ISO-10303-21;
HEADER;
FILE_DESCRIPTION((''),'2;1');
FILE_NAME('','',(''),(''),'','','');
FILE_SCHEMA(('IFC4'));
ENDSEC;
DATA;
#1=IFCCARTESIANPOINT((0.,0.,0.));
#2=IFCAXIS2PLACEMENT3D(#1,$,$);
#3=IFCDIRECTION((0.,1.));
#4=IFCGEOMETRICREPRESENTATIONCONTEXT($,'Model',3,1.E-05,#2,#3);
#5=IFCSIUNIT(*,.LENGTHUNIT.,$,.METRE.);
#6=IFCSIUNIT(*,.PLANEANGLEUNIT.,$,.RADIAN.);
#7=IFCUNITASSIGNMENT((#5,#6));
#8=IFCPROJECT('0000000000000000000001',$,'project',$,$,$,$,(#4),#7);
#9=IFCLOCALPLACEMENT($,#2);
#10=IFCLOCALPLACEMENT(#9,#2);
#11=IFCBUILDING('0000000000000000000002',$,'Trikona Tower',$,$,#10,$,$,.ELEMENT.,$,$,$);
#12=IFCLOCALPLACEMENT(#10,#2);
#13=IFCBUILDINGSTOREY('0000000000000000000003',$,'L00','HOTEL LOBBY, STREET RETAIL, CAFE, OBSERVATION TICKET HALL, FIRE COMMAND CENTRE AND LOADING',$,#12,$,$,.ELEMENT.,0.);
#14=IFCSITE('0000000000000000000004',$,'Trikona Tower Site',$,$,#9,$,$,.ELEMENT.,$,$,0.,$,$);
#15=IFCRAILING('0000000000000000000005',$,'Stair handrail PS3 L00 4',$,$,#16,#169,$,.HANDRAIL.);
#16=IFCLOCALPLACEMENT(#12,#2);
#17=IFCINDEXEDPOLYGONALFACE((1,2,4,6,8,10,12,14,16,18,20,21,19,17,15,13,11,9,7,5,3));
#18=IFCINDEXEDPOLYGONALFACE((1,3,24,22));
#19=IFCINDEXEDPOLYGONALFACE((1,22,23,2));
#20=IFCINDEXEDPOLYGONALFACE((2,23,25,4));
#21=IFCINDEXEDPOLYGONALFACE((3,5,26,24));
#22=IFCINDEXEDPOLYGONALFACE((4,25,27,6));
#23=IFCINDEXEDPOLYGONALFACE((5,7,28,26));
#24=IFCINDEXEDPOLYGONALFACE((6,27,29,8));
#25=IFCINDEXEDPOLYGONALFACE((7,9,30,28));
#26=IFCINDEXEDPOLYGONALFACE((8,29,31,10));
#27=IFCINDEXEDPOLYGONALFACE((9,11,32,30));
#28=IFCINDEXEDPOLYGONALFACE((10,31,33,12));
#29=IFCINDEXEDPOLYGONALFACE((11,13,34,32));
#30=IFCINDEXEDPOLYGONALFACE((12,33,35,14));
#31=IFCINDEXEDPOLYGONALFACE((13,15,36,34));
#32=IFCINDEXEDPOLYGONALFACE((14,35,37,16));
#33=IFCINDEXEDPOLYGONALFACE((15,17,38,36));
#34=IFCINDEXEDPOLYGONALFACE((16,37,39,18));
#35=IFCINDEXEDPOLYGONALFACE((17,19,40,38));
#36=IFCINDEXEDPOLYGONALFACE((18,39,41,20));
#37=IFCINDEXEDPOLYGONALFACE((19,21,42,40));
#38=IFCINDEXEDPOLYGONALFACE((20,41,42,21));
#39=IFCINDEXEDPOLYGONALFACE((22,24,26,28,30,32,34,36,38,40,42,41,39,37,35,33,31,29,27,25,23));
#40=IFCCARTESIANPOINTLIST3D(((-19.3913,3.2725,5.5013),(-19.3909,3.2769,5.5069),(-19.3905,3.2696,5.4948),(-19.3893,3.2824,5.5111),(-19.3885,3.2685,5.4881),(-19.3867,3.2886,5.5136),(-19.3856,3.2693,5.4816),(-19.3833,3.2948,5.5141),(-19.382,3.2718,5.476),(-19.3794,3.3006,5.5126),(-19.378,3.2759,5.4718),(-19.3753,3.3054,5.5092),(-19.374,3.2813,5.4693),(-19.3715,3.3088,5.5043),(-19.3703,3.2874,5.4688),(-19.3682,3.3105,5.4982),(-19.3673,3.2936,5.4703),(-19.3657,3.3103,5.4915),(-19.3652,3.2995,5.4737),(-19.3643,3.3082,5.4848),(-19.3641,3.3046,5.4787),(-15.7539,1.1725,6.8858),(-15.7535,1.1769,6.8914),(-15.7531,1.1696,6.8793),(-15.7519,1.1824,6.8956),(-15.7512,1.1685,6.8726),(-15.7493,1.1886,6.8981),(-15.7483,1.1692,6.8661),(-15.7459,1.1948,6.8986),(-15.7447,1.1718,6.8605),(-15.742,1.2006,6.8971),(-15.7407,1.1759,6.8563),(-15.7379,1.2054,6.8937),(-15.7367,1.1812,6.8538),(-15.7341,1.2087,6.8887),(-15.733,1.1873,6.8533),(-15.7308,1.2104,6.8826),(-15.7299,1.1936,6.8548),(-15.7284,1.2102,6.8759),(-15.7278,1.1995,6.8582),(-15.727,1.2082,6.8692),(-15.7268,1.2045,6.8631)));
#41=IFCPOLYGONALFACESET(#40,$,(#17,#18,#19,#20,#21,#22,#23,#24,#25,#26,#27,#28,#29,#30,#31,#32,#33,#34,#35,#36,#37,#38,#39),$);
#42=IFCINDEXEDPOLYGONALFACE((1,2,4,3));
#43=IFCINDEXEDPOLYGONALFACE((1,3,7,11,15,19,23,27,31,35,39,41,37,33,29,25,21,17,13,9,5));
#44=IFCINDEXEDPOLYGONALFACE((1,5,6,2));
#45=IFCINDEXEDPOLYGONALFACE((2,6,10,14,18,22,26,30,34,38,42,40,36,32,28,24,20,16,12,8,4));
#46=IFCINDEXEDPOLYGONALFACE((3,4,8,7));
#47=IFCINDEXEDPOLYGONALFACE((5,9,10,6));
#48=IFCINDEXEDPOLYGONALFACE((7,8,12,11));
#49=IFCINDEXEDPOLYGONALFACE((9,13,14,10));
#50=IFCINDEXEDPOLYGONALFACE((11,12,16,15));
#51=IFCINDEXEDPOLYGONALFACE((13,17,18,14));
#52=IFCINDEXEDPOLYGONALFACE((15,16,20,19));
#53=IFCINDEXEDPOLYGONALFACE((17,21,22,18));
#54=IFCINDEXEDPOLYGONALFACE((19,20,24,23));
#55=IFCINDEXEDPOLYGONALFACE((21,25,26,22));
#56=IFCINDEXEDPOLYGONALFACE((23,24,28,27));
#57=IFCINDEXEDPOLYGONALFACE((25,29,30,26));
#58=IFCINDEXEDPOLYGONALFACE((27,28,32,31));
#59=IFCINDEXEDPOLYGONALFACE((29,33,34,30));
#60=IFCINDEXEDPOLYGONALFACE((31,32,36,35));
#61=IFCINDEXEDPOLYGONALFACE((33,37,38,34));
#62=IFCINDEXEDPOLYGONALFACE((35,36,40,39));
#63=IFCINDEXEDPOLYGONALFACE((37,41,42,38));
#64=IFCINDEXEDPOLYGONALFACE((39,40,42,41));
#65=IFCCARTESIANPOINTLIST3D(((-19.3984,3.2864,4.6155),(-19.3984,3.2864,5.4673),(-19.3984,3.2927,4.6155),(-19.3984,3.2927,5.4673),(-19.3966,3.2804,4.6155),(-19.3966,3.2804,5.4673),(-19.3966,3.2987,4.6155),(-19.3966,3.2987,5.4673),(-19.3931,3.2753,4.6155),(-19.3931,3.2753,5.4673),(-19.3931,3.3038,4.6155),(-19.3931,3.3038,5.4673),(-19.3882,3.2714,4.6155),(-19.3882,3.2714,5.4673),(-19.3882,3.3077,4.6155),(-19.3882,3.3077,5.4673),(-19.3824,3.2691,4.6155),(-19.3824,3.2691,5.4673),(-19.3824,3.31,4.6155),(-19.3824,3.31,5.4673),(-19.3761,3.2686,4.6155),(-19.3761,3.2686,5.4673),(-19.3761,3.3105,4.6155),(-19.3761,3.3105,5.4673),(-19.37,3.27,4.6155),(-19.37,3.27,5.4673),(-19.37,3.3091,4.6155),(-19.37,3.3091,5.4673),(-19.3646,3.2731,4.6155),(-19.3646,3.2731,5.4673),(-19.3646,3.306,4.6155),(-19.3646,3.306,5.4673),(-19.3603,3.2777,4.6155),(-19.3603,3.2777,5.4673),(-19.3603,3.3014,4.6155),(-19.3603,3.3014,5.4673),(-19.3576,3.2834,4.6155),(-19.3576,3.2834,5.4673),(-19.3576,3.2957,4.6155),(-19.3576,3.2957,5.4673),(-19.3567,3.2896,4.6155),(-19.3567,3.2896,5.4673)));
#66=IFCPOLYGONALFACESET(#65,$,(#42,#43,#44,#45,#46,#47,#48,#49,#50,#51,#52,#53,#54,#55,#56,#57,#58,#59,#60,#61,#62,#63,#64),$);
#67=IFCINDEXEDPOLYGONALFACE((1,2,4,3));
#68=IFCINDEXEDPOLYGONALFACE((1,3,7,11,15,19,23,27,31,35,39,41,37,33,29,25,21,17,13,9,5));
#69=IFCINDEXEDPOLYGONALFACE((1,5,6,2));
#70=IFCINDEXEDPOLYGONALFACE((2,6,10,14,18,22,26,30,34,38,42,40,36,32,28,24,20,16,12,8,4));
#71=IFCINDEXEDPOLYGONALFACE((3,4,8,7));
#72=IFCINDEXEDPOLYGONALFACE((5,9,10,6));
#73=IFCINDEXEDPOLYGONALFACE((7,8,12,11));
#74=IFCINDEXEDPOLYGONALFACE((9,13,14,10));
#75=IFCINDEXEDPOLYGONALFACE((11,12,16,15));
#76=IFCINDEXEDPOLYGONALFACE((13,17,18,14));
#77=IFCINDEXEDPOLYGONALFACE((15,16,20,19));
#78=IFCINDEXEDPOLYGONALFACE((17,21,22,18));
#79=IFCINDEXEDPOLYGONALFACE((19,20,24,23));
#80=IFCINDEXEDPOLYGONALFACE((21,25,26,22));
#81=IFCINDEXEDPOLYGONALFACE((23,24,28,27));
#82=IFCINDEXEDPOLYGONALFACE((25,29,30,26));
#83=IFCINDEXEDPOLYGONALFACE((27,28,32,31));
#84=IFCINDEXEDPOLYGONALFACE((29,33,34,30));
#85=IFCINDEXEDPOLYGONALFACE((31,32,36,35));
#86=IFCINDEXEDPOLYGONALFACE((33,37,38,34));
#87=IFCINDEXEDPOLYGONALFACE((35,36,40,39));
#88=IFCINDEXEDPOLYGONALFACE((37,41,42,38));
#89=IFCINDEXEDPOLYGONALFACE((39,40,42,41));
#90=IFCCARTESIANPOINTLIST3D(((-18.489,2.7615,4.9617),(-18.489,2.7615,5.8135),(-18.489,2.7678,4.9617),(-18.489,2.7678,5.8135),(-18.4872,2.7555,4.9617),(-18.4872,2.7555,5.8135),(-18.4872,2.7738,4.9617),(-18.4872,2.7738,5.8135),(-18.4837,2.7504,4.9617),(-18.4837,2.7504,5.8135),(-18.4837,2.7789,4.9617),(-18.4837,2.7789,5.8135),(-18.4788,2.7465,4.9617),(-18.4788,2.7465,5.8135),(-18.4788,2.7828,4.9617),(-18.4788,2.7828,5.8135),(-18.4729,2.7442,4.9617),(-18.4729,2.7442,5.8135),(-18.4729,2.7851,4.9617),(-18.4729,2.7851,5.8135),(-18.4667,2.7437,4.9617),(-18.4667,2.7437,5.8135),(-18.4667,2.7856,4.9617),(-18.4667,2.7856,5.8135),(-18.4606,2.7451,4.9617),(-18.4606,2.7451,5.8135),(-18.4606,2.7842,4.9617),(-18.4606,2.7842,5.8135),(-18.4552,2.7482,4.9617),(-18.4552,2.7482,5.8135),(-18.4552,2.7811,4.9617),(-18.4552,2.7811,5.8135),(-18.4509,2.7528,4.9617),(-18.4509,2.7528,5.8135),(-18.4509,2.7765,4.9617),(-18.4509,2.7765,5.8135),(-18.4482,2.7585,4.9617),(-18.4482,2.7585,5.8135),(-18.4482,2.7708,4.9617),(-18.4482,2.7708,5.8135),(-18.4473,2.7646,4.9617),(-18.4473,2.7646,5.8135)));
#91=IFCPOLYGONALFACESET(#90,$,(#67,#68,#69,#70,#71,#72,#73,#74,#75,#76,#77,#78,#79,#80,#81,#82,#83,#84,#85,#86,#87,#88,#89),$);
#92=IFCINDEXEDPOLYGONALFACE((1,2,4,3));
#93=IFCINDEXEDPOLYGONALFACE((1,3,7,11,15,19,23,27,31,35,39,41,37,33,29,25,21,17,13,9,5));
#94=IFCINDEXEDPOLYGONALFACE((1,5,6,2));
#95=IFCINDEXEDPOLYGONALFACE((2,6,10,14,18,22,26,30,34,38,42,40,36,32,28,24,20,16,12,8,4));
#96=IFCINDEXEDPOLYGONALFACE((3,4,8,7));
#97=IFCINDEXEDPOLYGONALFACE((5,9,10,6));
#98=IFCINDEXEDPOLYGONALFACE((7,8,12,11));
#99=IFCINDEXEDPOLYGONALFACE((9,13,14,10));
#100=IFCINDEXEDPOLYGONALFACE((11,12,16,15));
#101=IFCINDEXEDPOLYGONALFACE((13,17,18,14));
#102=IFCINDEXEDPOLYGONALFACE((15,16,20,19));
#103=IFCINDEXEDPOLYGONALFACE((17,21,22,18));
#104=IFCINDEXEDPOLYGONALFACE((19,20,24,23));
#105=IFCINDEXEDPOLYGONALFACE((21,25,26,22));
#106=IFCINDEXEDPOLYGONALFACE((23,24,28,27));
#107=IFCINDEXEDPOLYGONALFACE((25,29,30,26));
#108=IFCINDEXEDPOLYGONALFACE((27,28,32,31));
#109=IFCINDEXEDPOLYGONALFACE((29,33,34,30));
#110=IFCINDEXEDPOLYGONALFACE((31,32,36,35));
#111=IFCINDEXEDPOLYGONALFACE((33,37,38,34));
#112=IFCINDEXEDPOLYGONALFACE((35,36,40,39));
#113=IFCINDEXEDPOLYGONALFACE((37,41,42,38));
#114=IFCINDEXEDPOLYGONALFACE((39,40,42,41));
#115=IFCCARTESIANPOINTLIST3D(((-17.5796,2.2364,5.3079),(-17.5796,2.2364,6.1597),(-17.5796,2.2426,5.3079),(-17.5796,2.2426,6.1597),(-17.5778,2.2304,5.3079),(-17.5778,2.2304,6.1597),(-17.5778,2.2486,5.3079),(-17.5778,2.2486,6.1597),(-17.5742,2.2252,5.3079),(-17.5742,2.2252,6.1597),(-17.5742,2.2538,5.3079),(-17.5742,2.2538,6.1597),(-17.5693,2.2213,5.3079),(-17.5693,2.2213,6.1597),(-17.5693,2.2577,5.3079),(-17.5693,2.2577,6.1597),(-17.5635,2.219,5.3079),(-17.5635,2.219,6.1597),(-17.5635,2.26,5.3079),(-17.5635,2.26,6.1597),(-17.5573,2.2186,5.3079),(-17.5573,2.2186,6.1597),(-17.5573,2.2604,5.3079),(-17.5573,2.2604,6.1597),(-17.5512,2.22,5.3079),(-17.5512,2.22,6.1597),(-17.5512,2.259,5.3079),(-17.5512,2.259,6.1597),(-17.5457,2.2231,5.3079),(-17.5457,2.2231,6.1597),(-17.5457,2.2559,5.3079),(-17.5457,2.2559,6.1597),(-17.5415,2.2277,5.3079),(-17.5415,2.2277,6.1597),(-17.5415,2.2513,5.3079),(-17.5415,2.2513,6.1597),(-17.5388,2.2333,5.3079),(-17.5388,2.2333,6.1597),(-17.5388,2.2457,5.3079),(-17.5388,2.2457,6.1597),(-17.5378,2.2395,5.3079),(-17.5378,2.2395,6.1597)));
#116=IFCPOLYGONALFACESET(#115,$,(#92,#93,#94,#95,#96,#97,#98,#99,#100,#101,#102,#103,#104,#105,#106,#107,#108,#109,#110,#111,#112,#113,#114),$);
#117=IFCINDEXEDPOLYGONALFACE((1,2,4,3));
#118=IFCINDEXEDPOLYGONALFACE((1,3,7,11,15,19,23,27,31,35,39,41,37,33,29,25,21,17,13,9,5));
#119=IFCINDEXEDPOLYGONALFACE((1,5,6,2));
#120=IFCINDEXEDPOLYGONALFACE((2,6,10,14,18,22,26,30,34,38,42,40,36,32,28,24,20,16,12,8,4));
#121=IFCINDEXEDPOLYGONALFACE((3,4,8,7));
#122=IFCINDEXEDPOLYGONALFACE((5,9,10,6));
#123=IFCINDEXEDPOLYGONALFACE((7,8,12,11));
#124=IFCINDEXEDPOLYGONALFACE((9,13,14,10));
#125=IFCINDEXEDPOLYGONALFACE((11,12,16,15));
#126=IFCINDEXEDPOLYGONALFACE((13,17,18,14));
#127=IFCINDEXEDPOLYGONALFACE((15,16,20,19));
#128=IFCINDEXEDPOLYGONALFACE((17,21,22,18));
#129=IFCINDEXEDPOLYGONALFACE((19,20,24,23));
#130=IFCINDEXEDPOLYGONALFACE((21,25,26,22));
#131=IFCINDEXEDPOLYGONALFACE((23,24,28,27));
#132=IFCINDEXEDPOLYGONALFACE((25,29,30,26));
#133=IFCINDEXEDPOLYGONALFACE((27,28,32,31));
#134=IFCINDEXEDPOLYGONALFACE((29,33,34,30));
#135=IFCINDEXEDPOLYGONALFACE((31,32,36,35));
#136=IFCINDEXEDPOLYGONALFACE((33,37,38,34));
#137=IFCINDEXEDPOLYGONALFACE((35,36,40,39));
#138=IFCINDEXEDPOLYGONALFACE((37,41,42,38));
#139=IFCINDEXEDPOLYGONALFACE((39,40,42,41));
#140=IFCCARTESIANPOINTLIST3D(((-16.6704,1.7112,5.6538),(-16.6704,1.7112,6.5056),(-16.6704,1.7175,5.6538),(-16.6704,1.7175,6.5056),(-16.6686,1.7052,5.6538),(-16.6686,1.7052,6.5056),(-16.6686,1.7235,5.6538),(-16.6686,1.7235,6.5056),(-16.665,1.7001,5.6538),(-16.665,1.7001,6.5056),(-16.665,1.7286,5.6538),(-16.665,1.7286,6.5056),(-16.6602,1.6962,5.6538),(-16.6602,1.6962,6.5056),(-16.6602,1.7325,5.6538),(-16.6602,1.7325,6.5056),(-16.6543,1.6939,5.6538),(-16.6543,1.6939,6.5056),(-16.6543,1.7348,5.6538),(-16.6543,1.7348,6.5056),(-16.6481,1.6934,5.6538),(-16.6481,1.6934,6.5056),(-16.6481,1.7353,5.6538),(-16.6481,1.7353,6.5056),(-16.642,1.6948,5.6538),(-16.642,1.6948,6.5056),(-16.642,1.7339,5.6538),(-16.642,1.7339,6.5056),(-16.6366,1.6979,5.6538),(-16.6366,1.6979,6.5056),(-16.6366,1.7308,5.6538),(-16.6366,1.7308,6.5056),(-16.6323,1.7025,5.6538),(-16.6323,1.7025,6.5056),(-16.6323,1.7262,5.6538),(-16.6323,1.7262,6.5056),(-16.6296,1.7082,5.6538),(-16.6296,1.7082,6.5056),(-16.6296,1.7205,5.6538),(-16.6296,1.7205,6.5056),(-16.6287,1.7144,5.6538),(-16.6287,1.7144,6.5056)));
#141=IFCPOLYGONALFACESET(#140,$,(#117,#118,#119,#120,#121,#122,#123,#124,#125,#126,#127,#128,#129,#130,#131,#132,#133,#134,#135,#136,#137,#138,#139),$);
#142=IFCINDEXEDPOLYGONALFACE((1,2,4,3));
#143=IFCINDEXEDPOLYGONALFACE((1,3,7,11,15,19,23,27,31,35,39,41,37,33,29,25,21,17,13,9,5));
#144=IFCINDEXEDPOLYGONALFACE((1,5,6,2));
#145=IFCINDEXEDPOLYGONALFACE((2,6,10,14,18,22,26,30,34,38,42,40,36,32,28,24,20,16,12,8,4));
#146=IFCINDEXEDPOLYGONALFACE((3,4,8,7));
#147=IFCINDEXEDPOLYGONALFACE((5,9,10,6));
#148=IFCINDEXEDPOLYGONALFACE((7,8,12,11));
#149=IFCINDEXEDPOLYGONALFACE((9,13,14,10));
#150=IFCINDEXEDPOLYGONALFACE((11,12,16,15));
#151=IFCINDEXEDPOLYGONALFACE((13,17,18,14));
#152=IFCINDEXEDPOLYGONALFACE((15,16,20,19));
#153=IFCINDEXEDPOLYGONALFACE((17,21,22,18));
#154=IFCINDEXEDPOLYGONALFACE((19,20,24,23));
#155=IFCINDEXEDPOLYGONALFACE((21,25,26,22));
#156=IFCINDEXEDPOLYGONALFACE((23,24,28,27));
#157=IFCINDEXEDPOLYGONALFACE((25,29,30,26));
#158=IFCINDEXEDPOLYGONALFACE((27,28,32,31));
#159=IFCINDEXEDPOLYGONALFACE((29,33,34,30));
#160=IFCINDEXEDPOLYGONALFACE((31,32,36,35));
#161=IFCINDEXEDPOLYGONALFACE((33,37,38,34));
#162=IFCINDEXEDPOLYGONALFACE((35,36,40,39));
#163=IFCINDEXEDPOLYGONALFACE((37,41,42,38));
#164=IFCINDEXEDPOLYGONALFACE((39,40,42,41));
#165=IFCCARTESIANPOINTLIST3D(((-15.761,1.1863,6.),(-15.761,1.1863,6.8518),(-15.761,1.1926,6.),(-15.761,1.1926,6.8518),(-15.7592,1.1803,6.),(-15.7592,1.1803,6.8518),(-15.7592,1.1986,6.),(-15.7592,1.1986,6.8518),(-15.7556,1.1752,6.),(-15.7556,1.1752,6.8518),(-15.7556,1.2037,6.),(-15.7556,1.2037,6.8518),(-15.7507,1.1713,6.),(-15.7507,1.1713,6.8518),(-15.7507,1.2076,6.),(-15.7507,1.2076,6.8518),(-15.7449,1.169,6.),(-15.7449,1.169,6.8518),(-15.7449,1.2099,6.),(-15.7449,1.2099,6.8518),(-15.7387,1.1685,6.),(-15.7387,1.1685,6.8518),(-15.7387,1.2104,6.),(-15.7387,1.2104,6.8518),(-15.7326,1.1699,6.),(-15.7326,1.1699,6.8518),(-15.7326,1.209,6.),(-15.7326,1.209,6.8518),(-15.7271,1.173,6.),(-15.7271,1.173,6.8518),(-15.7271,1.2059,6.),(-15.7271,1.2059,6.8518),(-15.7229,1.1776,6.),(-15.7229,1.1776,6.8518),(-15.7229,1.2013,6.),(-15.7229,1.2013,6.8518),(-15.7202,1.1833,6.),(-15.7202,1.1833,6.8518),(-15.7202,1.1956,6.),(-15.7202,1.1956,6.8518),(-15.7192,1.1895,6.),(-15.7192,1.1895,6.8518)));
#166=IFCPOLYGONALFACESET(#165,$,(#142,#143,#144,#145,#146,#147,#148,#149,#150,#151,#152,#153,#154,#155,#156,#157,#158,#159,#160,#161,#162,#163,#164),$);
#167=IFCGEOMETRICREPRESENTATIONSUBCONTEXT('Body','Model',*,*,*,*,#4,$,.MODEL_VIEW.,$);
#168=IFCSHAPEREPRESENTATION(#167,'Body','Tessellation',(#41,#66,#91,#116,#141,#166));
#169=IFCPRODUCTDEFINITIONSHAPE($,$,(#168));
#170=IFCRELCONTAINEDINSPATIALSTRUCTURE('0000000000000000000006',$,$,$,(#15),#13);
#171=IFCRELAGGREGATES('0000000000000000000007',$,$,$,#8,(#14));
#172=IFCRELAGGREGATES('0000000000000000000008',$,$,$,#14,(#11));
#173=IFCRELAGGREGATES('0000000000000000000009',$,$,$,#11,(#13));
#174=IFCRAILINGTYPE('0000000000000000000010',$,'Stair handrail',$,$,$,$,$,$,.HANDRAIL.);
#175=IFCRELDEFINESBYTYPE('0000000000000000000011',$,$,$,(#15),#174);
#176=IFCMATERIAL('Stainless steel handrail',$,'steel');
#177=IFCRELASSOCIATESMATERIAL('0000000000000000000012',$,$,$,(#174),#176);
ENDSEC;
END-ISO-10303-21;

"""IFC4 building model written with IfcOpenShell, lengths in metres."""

from ifc_helpers import new_model, si_unit, direction, frame, origin, origin_2d, place, context, subcontext, project, spatial, circle, extrude, material, type_object, element, save


model = new_model("IFC4")

# Units and contexts
model_context = context("Model", 3, precision=1e-05, world=origin(), true_north=direction((0.0, 1.0)))
body_context = subcontext(model_context, "Body", "Model", "MODEL_VIEW")
ifc_project = project(units=[si_unit("LENGTHUNIT", "METRE"), si_unit("PLANEANGLEUNIT", "RADIAN")], contexts=[model_context])

# Site, building, storey
site_placement = place(None, origin())
site = spatial("IfcSite", under=ifc_project, at=site_placement, Name="Trikona Tower Site", CompositionType="ELEMENT", RefElevation=0.0)
building_placement = place(site_placement, origin())
building = spatial("IfcBuilding", under=site, at=building_placement, Name="Trikona Tower", CompositionType="ELEMENT")
storey_placement = place(building_placement, origin())
storey = spatial("IfcBuildingStorey", under=building, at=storey_placement, Name="L00", Description="HOTEL LOBBY, STREET RETAIL, CAFE, OBSERVATION TICKET HALL, FIRE COMMAND CENTRE AND LOADING", CompositionType="ELEMENT", Elevation=0.0)

# Railing
ifc_material_1 = material(Name="Stainless steel handrail", Category="steel")
railing_type = type_object("IfcRailingType", Name="Stair handrail", PredefinedType="HANDRAIL", material=ifc_material_1)
railing_1_placement = place(storey_placement, frame((-19.3777, 3.2896, 4.6155)))
element("IfcRailing", 1, at=railing_1_placement, inside=storey, type_object=railing_type, Name="Stair handrail PS3 L00 4", PredefinedType="HANDRAIL", context=body_context, shape_type="SweptSolid", body=[
    extrude(circle(Radius=0.0239, at=origin_2d()), frame((0.0, 0.0, 0.876), z_axis=(0.822491, -0.474868, 0.313064), x_axis=(0.500003, 0.866024, 0.0)), (0.0, 0.0, 1.0), 4.4224),
    extrude(circle(Radius=0.021, at=origin_2d()), origin(), (0.0, 0.0, 1.0), 0.8518),
    extrude(circle(Radius=0.021, at=origin_2d()), frame((0.9094, -0.5249, 0.3462)), (0.0, 0.0, 1.0), 0.8518),
    extrude(circle(Radius=0.021, at=origin_2d()), frame((1.8188, -1.05, 0.6924)), (0.0, 0.0, 1.0), 0.8518),
    extrude(circle(Radius=0.021, at=origin_2d()), frame((2.728, -1.5752, 1.0383)), (0.0, 0.0, 1.0), 0.8518),
    extrude(circle(Radius=0.021, at=origin_2d()), frame((3.6375, -2.1001, 1.3845)), (0.0, 0.0, 1.0), 0.8518),
])

save(model, "model.ifc")
